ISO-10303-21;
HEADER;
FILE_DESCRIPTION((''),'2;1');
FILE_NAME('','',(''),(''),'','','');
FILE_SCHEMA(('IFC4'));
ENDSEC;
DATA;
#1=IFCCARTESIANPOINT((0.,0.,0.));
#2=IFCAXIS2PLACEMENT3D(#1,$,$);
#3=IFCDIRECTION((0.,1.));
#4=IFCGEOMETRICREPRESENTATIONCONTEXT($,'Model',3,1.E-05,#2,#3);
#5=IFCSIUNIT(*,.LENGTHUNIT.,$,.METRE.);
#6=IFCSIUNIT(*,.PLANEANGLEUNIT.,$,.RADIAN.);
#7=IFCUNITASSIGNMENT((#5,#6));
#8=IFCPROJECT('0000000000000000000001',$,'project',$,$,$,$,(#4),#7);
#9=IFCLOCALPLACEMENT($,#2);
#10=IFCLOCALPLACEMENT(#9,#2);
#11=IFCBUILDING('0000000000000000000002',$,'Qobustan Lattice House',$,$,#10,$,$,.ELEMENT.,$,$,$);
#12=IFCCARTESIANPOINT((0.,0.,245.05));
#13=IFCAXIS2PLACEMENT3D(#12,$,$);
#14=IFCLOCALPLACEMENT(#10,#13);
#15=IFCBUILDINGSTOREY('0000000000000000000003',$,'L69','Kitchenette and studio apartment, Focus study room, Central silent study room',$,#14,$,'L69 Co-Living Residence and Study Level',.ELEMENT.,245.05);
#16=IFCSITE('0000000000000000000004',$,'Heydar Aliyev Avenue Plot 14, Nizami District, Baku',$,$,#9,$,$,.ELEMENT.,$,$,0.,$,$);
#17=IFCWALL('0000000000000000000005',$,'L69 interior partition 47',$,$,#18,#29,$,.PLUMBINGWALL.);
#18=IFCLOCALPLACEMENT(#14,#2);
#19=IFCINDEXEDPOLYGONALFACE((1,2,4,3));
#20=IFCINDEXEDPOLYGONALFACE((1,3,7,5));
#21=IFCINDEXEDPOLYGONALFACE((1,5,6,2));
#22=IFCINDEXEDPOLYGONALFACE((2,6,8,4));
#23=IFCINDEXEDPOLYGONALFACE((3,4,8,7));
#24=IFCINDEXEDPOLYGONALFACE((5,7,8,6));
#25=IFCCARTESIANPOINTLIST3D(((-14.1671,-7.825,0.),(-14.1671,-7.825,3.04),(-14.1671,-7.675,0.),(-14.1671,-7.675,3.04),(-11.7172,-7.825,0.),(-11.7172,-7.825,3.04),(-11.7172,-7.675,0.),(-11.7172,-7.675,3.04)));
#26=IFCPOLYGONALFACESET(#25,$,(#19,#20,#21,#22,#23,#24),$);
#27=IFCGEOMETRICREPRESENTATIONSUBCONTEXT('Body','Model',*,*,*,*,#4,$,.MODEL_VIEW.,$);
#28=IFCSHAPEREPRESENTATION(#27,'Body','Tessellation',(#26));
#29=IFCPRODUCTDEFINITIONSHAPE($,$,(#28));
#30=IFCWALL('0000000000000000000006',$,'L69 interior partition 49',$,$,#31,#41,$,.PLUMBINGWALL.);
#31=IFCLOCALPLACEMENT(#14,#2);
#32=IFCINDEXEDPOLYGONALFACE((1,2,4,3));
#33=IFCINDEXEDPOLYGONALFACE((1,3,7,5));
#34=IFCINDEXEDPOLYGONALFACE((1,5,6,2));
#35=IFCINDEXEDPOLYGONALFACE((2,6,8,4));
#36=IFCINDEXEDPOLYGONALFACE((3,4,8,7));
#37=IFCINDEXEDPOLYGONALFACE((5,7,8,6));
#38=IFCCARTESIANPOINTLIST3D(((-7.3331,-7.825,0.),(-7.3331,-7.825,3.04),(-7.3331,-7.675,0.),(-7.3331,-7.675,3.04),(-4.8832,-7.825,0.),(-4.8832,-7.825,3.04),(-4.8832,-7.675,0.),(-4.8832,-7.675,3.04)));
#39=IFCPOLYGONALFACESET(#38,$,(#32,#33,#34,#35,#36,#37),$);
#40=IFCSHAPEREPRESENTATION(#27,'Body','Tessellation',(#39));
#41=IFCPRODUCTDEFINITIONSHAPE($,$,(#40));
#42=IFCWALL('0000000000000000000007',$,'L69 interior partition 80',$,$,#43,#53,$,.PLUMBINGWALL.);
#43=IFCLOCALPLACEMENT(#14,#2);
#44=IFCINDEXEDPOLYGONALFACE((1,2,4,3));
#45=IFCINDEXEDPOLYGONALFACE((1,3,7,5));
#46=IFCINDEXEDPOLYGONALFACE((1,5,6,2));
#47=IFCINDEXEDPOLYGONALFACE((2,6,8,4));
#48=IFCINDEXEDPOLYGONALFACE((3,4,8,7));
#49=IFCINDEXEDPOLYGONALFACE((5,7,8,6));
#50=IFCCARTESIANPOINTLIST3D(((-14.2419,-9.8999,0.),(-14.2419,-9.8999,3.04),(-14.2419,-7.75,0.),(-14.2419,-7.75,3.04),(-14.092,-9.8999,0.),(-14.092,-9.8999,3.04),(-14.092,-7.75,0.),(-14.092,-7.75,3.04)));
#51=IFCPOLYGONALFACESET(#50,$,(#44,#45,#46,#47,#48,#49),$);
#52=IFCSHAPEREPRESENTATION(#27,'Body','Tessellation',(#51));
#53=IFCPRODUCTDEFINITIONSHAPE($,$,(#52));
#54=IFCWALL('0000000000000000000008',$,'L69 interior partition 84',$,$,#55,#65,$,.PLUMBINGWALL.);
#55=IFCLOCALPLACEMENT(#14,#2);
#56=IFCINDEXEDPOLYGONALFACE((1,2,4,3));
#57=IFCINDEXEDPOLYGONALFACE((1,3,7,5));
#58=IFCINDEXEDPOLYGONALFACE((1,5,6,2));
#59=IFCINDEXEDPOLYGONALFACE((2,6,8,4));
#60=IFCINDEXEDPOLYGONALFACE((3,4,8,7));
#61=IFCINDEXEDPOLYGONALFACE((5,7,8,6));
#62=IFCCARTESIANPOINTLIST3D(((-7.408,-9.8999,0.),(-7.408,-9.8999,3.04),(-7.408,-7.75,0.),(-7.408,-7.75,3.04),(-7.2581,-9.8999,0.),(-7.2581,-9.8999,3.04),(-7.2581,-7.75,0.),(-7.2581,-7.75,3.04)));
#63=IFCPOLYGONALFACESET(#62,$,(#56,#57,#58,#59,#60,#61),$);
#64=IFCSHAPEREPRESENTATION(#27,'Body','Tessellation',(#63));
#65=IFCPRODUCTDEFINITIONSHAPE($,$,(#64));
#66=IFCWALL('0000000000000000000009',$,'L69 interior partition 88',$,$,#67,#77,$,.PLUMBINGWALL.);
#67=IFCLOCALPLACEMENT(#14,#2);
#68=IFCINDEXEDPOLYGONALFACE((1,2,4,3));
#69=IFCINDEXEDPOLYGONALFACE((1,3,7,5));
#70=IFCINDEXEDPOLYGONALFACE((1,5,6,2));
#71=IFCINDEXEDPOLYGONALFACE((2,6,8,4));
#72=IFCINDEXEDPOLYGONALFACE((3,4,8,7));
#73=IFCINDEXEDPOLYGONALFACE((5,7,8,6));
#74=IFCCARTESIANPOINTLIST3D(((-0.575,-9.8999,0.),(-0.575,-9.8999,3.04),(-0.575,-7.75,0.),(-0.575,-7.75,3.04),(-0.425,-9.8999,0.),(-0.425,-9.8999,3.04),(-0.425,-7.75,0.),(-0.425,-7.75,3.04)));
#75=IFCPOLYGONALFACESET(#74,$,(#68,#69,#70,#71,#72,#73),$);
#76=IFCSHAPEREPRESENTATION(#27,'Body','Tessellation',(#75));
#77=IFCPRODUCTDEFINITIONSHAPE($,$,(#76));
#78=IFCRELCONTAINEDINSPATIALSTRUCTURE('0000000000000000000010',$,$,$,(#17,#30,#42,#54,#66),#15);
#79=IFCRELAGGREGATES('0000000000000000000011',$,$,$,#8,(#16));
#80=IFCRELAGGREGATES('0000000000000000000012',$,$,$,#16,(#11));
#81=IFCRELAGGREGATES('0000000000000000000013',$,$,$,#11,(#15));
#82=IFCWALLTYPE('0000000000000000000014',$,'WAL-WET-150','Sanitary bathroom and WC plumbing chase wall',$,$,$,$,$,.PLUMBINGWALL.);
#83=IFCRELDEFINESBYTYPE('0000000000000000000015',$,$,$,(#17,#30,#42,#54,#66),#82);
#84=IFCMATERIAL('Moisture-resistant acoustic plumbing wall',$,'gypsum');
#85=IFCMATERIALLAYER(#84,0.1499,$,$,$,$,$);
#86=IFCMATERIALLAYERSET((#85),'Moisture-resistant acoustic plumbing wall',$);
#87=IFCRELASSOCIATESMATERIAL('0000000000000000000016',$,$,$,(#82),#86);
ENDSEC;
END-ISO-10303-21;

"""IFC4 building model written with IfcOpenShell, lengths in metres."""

from ifc_helpers import new_model, si_unit, direction, frame, frame_2d, origin, place, context, subcontext, project, spatial, rectangle, extrude, material, layer, layer_set, type_object, element, save


model = new_model("IFC4")

# Units and contexts
model_context = context("Model", 3, precision=1e-05, world=origin(), true_north=direction((0.0, 1.0)))
body_context = subcontext(model_context, "Body", "Model", "MODEL_VIEW")
ifc_project = project(units=[si_unit("LENGTHUNIT", "METRE"), si_unit("PLANEANGLEUNIT", "RADIAN")], contexts=[model_context])

# Site, building, storey
site_placement = place(None, origin())
site = spatial("IfcSite", under=ifc_project, at=site_placement, Name="Heydar Aliyev Avenue Plot 14, Nizami District, Baku", CompositionType="ELEMENT", RefElevation=0.0)
building_placement = place(site_placement, origin())
building = spatial("IfcBuilding", under=site, at=building_placement, Name="Qobustan Lattice House", CompositionType="ELEMENT")
storey_placement = place(building_placement, frame((0.0, 0.0, 245.05)))
storey = spatial("IfcBuildingStorey", under=building, at=storey_placement, Name="L69", Description="Kitchenette and studio apartment, Focus study room, Central silent study room", LongName="L69 Co-Living Residence and Study Level", CompositionType="ELEMENT", Elevation=245.05)

# Walls
ifc_material_1 = material(Name="Moisture-resistant acoustic plumbing wall", Category="gypsum")
ifc_layer_1 = layer(ifc_material_1, 0.1499)
ifc_layer_set_1 = layer_set([ifc_layer_1], Name="Moisture-resistant acoustic plumbing wall")
wall_type_1 = type_object("IfcWallType", Name="WAL-WET-150", Description="Sanitary bathroom and WC plumbing chase wall", PredefinedType="PLUMBINGWALL", material=ifc_layer_set_1)
for number, where, z_axis, x_axis, name in (
    (1, (-11.717, -7.75, 0.0), (0.0, 0.0, 1.0), (-1.0, 0.0, 0.0), "L69 interior partition 47"),
    (2, (-4.8831, -7.75, 0.0), (0.0, 0.0, 1.0), (-1.0, 0.0, 0.0), "L69 interior partition 49"),
):
    element("IfcWall", number, at=place(storey_placement, frame(where, z_axis=z_axis, x_axis=x_axis)), inside=storey, type_object=wall_type_1, Name=name, PredefinedType="PLUMBINGWALL", context=body_context, shape_type="SweptSolid", body=[
        extrude(rectangle(XDim=2.45, YDim=0.1499, at=frame_2d((1.2251, 0.0))), origin(), (0.0, 0.0, 1.0), 3.04),
    ])
for number, where, z_axis, x_axis, name in (
    (3, (-14.167, -7.75, 0.0), (0.0, 0.0, 1.0), (0.0, -1.0, 0.0), "L69 interior partition 80"),
    (4, (-7.333, -7.75, 0.0), (0.0, 0.0, 1.0), (0.0, -1.0, 0.0), "L69 interior partition 84"),
    (5, (-0.5, -7.75, 0.0), (0.0, 0.0, 1.0), (0.0, -1.0, 0.0), "L69 interior partition 88"),
):
    element("IfcWall", number, at=place(storey_placement, frame(where, z_axis=z_axis, x_axis=x_axis)), inside=storey, type_object=wall_type_1, Name=name, PredefinedType="PLUMBINGWALL", context=body_context, shape_type="SweptSolid", body=[
        extrude(rectangle(XDim=2.1499, YDim=0.1499, at=frame_2d((1.075, 0.0))), origin(), (0.0, 0.0, 1.0), 3.04),
    ])

save(model, "model.ifc")
